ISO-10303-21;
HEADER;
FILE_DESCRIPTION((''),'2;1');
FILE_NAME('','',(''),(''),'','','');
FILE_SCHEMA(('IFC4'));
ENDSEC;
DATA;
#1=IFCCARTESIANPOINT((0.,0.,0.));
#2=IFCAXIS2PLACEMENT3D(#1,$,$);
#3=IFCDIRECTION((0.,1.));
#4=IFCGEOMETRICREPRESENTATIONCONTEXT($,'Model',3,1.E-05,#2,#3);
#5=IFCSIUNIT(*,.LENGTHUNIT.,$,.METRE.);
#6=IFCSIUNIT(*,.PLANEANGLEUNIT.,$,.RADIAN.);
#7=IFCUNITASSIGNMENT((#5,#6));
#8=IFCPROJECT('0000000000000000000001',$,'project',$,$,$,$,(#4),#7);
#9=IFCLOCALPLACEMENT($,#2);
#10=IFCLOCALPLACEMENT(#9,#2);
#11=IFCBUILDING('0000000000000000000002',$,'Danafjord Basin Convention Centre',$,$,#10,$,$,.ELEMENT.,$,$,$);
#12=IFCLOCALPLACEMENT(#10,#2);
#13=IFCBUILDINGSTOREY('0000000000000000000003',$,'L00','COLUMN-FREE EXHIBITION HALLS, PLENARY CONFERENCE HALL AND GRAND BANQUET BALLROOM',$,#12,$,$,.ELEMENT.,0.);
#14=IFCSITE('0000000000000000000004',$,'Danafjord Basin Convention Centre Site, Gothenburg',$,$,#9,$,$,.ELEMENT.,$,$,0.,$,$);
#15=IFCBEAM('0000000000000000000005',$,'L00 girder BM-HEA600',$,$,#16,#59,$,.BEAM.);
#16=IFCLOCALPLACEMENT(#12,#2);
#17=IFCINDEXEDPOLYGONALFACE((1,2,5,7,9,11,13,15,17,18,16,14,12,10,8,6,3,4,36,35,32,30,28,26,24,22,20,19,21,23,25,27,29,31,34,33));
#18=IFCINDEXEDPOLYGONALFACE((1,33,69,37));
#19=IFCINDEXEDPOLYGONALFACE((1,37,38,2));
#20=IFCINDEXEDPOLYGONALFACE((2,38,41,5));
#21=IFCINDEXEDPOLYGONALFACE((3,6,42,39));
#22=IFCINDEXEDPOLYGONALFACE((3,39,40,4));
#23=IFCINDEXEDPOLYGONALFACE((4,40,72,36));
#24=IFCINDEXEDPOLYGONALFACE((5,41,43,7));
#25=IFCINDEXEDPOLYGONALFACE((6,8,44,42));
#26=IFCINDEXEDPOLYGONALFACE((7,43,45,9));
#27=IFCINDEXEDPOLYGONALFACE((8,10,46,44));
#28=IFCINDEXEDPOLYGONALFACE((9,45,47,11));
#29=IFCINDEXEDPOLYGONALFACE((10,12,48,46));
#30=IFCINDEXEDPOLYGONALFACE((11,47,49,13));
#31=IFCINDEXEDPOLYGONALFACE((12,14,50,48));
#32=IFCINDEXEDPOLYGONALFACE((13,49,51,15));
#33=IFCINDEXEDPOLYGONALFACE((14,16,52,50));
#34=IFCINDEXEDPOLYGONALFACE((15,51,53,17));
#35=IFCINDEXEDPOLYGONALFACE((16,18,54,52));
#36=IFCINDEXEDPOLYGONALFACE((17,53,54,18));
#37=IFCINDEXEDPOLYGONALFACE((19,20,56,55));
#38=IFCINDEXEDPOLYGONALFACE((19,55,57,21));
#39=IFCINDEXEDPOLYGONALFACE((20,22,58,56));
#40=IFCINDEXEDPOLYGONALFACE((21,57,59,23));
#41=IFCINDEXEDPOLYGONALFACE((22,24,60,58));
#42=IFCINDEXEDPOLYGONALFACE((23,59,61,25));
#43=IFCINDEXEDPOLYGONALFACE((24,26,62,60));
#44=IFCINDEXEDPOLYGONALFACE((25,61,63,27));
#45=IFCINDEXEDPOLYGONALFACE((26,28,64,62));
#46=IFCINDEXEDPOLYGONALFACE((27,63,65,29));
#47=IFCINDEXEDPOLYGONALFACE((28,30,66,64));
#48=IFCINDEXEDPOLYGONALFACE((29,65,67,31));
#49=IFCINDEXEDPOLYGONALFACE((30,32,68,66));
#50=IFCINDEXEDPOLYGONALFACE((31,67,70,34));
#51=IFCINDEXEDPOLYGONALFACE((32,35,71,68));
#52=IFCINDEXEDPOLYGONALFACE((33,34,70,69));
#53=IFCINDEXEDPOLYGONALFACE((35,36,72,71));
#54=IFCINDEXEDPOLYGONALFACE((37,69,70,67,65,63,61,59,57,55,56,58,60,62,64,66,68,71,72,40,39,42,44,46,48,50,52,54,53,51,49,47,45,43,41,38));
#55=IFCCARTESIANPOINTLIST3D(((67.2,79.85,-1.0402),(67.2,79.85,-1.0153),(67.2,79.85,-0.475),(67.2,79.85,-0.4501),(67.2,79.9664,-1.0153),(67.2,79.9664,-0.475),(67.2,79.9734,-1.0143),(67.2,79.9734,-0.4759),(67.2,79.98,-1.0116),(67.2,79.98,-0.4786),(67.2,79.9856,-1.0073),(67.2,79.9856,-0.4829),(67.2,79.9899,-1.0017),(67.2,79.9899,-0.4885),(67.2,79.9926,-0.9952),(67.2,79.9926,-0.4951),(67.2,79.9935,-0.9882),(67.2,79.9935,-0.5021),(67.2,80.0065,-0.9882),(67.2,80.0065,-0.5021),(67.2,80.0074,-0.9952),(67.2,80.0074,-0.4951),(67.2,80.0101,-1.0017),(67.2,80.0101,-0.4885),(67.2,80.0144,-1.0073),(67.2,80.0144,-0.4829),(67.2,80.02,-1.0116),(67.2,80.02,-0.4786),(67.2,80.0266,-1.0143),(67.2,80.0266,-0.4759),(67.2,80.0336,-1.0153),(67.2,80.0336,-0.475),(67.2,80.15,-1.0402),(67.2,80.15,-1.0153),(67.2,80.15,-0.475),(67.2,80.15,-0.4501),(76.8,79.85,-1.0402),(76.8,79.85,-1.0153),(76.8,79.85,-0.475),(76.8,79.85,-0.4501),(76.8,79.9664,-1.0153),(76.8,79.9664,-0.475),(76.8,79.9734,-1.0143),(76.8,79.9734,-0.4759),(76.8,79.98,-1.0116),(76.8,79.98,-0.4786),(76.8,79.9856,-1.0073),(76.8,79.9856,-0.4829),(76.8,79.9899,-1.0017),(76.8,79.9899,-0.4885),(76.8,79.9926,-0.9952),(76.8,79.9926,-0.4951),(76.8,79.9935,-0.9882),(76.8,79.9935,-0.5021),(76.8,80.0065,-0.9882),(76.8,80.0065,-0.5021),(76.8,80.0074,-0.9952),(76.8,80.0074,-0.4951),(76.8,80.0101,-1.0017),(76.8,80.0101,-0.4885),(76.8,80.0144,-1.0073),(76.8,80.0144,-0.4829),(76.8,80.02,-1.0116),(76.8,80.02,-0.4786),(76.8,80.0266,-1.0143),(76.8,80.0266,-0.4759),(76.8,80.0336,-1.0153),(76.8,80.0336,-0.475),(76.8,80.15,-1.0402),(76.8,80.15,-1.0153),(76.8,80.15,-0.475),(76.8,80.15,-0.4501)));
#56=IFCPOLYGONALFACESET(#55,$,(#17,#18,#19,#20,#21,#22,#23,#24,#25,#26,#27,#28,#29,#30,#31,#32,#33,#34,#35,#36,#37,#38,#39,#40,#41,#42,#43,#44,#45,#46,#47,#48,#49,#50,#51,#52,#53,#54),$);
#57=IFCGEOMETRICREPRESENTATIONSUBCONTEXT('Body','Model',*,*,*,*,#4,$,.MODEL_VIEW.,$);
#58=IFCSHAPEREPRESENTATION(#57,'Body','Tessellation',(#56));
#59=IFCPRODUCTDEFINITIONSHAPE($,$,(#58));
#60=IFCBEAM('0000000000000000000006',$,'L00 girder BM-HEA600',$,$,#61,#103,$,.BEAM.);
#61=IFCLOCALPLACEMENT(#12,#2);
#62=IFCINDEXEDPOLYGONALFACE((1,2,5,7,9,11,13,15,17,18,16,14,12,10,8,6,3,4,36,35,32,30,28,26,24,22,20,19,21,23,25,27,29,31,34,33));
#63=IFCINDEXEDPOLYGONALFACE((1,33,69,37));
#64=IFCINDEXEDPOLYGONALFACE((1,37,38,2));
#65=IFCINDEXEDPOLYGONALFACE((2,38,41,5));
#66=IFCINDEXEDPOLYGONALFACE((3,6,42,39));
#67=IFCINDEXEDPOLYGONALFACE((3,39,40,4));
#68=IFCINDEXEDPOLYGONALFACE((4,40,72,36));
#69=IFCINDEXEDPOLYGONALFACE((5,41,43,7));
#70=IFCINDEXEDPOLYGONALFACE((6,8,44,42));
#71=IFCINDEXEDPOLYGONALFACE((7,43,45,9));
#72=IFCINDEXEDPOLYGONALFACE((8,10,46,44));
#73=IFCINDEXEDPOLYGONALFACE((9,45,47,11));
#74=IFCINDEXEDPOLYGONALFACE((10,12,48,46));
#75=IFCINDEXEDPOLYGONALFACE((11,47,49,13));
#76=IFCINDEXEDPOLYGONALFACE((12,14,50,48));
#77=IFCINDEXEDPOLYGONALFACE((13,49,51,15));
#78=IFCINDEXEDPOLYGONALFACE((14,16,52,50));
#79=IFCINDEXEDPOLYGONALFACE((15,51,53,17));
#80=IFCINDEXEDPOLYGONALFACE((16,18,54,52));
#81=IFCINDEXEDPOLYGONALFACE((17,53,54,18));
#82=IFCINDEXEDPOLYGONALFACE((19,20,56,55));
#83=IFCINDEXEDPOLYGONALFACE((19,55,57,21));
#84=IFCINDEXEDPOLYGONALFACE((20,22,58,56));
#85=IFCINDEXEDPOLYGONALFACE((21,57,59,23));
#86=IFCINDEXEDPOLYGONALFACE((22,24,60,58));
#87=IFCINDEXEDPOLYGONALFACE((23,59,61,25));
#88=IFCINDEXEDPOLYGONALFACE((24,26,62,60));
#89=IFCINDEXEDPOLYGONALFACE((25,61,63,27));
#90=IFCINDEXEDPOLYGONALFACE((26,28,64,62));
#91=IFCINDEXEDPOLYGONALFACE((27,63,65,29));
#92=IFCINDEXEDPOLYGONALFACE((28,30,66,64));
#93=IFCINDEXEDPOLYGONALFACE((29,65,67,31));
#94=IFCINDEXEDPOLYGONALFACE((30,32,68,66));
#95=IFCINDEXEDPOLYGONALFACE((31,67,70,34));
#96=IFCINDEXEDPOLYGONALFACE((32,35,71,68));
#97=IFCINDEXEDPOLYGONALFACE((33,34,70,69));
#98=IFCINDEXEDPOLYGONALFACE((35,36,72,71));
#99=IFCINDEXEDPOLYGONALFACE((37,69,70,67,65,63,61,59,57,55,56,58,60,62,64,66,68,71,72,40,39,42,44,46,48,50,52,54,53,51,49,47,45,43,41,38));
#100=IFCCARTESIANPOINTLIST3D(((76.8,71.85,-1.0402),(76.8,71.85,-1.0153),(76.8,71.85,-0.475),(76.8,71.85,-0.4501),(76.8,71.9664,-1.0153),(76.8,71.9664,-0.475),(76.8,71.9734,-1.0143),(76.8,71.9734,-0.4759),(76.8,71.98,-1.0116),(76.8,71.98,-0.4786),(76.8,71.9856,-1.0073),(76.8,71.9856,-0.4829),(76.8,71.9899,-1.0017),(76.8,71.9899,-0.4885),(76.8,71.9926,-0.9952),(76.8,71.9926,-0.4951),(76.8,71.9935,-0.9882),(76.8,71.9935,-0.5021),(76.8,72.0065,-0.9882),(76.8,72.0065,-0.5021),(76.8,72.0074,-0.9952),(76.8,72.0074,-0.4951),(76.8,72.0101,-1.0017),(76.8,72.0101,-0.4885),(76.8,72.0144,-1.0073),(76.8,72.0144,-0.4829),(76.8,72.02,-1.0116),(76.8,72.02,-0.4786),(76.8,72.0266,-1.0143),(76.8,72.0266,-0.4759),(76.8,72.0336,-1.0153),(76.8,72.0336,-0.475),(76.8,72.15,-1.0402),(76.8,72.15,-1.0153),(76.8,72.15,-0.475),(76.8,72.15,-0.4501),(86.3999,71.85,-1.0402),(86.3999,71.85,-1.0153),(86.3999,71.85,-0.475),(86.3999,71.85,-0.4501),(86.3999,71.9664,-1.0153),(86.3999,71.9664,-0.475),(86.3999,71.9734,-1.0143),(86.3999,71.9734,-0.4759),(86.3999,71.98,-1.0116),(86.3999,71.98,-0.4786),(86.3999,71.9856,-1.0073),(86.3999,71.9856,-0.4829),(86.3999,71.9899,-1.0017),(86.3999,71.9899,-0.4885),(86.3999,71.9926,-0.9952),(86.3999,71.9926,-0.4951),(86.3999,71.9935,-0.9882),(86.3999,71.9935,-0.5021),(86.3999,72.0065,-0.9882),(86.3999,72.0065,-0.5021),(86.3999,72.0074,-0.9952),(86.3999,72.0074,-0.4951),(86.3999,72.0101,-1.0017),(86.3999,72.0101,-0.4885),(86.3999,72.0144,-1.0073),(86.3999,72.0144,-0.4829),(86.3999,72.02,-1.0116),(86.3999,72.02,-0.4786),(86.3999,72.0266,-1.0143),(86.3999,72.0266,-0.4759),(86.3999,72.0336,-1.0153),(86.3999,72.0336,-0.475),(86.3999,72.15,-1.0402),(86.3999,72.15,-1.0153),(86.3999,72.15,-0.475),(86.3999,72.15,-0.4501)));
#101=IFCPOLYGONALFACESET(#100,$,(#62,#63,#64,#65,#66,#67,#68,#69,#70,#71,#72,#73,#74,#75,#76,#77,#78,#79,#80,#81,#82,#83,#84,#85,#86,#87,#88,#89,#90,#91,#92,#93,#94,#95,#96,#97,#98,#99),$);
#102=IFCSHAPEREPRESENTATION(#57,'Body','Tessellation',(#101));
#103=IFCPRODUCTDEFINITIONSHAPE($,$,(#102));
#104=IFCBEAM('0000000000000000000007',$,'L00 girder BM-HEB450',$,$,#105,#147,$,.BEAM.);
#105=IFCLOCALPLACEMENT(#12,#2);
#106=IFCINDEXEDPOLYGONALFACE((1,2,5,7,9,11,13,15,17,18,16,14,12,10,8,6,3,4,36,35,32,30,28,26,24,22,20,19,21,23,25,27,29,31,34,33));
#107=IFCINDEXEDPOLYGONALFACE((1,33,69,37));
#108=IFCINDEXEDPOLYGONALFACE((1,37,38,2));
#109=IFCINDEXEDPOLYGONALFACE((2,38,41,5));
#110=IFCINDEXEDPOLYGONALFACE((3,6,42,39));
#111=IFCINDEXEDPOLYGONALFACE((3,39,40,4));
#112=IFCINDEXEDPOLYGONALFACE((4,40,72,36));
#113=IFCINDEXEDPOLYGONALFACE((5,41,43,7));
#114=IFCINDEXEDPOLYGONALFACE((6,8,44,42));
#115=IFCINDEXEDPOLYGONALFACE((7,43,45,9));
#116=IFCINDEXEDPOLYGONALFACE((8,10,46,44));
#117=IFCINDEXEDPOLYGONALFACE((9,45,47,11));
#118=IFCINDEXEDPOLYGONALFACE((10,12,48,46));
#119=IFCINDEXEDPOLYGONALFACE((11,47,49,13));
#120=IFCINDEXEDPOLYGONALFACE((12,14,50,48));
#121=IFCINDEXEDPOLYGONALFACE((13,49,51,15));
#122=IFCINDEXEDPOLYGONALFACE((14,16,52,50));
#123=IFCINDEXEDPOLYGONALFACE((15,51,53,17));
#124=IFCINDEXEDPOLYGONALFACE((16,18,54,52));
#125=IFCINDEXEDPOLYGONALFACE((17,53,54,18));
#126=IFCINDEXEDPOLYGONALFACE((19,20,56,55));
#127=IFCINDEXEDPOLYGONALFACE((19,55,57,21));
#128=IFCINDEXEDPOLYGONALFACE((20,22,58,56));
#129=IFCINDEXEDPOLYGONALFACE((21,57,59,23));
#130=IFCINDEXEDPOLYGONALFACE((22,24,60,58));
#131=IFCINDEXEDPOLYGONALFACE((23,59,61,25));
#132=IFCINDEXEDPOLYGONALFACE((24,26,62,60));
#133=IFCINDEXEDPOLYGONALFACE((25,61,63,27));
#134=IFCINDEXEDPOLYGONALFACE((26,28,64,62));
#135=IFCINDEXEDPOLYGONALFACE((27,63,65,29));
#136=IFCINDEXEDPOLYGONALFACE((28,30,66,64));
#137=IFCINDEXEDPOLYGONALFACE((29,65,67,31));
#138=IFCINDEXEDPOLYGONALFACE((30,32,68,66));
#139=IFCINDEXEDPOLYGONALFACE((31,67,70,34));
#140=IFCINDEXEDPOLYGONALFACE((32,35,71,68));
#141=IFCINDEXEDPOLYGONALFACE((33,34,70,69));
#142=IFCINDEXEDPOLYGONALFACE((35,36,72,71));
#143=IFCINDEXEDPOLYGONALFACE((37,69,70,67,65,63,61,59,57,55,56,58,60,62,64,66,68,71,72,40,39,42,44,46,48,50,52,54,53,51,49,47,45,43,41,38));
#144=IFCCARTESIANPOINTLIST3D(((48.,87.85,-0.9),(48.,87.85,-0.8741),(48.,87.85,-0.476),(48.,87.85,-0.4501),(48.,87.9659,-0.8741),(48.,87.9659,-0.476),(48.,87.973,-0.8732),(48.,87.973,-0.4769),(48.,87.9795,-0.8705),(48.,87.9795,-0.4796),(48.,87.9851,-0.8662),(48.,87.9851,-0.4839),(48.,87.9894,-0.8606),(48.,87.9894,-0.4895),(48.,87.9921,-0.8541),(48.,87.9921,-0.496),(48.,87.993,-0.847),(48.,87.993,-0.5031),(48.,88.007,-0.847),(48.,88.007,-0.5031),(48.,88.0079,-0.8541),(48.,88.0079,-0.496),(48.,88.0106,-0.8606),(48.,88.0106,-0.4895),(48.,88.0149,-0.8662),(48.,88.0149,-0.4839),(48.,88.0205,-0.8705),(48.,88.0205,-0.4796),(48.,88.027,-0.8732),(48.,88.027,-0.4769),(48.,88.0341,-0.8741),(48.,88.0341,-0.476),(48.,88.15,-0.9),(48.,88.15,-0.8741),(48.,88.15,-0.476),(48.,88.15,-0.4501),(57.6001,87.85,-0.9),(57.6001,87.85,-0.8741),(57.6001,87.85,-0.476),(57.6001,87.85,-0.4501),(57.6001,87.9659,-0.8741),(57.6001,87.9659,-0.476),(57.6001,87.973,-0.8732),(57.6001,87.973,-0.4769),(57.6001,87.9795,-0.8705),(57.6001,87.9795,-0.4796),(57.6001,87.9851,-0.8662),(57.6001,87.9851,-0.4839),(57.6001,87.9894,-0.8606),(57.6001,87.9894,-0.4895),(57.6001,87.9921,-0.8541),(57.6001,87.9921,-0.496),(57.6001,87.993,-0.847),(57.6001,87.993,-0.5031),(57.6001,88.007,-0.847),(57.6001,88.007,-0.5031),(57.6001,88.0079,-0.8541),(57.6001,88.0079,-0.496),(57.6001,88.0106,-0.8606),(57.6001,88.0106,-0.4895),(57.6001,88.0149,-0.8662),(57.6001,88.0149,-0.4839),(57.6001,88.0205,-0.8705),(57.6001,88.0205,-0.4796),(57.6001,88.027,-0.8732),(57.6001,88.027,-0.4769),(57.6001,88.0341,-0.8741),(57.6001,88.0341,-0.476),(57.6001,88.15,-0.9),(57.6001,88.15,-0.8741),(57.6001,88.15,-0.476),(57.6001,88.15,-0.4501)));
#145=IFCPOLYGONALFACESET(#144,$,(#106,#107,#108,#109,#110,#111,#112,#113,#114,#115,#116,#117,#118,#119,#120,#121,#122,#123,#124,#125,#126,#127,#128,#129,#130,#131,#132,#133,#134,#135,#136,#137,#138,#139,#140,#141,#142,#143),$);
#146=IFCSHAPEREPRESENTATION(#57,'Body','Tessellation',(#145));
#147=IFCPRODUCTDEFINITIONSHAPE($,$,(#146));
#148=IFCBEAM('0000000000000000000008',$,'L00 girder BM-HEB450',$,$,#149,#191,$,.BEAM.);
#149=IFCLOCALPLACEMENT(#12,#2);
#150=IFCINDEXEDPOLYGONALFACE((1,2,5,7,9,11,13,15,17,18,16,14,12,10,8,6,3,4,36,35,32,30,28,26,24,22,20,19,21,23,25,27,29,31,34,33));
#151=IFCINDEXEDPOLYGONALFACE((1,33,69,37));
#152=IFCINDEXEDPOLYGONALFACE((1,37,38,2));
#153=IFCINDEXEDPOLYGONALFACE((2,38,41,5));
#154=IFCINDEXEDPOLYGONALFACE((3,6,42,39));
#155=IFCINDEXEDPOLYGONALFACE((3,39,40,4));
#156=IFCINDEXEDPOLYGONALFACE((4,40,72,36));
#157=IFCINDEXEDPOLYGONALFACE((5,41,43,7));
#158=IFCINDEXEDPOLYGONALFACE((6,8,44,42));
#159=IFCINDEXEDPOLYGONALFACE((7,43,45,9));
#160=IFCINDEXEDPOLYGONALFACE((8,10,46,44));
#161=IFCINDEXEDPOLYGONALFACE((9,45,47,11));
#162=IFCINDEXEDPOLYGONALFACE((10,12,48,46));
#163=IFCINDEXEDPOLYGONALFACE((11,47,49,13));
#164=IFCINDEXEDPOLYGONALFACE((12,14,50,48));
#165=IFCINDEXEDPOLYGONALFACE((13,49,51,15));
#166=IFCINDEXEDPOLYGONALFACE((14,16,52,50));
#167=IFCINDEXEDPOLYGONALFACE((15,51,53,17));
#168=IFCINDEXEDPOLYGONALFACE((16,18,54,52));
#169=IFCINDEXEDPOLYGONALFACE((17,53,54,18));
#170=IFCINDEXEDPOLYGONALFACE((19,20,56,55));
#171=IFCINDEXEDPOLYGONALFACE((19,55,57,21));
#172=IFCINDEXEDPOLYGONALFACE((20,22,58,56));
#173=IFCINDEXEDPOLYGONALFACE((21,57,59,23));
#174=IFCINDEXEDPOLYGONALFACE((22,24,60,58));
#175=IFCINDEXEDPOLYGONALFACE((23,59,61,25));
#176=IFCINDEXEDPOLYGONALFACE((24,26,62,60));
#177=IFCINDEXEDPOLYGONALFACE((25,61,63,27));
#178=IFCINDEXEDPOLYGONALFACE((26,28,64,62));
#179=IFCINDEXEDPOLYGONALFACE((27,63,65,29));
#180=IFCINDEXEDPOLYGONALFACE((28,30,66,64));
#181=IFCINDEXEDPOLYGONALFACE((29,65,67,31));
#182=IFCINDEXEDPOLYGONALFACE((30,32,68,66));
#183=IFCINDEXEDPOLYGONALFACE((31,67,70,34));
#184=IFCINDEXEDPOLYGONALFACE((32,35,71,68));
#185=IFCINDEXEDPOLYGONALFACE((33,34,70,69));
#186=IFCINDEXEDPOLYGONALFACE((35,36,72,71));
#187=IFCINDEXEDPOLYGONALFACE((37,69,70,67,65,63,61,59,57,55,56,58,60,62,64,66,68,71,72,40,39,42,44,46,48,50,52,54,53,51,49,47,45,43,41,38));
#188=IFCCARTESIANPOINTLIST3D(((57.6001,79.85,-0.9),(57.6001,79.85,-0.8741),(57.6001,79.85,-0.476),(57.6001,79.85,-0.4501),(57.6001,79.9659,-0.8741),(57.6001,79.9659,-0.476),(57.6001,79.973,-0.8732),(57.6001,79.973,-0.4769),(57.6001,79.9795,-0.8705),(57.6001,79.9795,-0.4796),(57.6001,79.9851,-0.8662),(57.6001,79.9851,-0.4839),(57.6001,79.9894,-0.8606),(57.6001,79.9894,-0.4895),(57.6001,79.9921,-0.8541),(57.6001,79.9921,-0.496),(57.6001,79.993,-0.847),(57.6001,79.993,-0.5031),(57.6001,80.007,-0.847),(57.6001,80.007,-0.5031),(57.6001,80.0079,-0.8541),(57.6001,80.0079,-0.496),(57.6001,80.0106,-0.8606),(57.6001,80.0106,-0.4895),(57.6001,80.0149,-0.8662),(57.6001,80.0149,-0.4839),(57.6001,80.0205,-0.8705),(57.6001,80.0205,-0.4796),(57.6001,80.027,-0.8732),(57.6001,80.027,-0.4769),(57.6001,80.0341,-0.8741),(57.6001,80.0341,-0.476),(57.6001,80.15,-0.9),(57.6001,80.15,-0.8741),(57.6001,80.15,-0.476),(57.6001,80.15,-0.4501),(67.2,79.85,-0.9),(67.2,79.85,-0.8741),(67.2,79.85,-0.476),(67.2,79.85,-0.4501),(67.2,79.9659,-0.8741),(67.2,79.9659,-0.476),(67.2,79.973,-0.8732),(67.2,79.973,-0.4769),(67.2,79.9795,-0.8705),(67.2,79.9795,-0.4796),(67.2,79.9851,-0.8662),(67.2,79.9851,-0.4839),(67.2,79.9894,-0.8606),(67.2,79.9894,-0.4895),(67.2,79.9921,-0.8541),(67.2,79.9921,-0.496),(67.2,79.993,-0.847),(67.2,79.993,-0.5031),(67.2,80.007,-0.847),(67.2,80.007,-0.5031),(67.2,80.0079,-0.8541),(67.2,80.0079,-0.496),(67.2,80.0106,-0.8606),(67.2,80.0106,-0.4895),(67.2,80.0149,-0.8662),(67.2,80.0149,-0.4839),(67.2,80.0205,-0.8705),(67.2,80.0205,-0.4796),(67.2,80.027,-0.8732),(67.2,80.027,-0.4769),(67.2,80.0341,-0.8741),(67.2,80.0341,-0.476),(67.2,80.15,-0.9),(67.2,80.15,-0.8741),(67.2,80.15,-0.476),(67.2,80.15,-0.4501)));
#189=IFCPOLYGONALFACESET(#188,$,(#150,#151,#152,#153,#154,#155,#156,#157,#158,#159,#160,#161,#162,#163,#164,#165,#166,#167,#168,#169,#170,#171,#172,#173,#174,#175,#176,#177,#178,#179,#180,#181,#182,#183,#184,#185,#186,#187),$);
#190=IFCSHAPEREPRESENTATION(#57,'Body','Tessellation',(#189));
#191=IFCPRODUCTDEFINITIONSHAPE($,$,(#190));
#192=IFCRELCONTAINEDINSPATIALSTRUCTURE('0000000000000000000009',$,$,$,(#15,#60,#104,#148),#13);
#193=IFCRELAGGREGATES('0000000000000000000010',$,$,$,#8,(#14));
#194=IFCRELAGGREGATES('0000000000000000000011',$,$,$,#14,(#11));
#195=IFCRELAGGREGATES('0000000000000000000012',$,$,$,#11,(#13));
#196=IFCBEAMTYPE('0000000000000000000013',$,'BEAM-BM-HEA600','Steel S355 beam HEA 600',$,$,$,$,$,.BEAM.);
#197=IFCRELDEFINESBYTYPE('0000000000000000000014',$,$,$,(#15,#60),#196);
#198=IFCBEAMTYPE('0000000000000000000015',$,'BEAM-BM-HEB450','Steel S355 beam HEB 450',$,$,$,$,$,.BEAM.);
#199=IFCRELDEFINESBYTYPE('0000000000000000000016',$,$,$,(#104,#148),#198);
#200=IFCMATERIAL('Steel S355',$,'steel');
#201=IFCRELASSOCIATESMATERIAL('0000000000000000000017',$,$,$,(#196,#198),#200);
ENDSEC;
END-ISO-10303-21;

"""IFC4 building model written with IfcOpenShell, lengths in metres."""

from ifc_helpers import new_model, si_unit, direction, frame, origin, origin_2d, place, context, subcontext, project, spatial, i_section, extrude, material, material_profile, profile_set, type_object, element, save


model = new_model("IFC4")

# Units and contexts
model_context = context("Model", 3, precision=1e-05, world=origin(), true_north=direction((0.0, 1.0)))
body_context = subcontext(model_context, "Body", "Model", "MODEL_VIEW")
ifc_project = project(units=[si_unit("LENGTHUNIT", "METRE"), si_unit("PLANEANGLEUNIT", "RADIAN")], contexts=[model_context])

# Site, building, storey
site_placement = place(None, origin())
site = spatial("IfcSite", under=ifc_project, at=site_placement, Name="Danafjord Basin Convention Centre Site, Gothenburg", CompositionType="ELEMENT", RefElevation=0.0)
building_placement = place(site_placement, origin())
building = spatial("IfcBuilding", under=site, at=building_placement, Name="Danafjord Basin Convention Centre", CompositionType="ELEMENT")
storey_placement = place(building_placement, origin())
storey = spatial("IfcBuildingStorey", under=building, at=storey_placement, Name="L00", Description="COLUMN-FREE EXHIBITION HALLS, PLENARY CONFERENCE HALL AND GRAND BANQUET BALLROOM", CompositionType="ELEMENT", Elevation=0.0)

# Beams
ifc_material_1 = material(Name="Steel S355", Category="steel")
ifc_material_profile_1 = material_profile(ifc_material_1, i_section(OverallWidth=0.3, OverallDepth=0.5901, WebThickness=0.0129, FlangeThickness=0.0249, FilletRadius=0.0271, at=origin_2d()), Name="HEA 600")
ifc_profile_set_1 = profile_set([ifc_material_profile_1], Name="Steel S355")
beam_type_1 = type_object("IfcBeamType", Name="BEAM-BM-HEA600", Description="Steel S355 beam HEA 600", PredefinedType="BEAM", material=ifc_profile_set_1)
beam_1_placement = place(storey_placement, frame((67.2, 80.0, -0.7451), z_axis=(1.0, 0.0, 0.0), x_axis=(0.0, 1.0, 0.0)))
element("IfcBeam", 1, at=beam_1_placement, inside=storey, type_object=beam_type_1, Name="L00 girder BM-HEA600", PredefinedType="BEAM", context=body_context, shape_type="SweptSolid", body=[
    extrude(i_section(OverallWidth=0.3, OverallDepth=0.5901, WebThickness=0.0129, FlangeThickness=0.0249, FilletRadius=0.0271, at=origin_2d()), origin(), (0.0, 0.0, 1.0), 9.6001),
])
beam_2_placement = place(storey_placement, frame((76.8, 72.0, -0.7451), z_axis=(1.0, 0.0, 0.0), x_axis=(0.0, 1.0, 0.0)))
element("IfcBeam", 2, at=beam_2_placement, inside=storey, type_object=beam_type_1, Name="L00 girder BM-HEA600", PredefinedType="BEAM", context=body_context, shape_type="SweptSolid", body=[
    extrude(i_section(OverallWidth=0.3, OverallDepth=0.5901, WebThickness=0.0129, FlangeThickness=0.0249, FilletRadius=0.0271, at=origin_2d()), origin(), (0.0, 0.0, 1.0), 9.5999),
])
ifc_material_profile_2 = material_profile(ifc_material_1, i_section(OverallWidth=0.3, OverallDepth=0.45, WebThickness=0.0139, FlangeThickness=0.0259, FilletRadius=0.0271, at=origin_2d()), Name="HEB 450")
ifc_profile_set_2 = profile_set([ifc_material_profile_2], Name="Steel S355")
beam_type_2 = type_object("IfcBeamType", Name="BEAM-BM-HEB450", Description="Steel S355 beam HEB 450", PredefinedType="BEAM", material=ifc_profile_set_2)
beam_3_placement = place(storey_placement, frame((48.0, 88.0, -0.675), z_axis=(1.0, 0.0, 0.0), x_axis=(0.0, 1.0, 0.0)))
element("IfcBeam", 3, at=beam_3_placement, inside=storey, type_object=beam_type_2, Name="L00 girder BM-HEB450", PredefinedType="BEAM", context=body_context, shape_type="SweptSolid", body=[
    extrude(i_section(OverallWidth=0.3, OverallDepth=0.45, WebThickness=0.0139, FlangeThickness=0.0259, FilletRadius=0.0271, at=origin_2d()), origin(), (0.0, 0.0, 1.0), 9.6001),
])
beam_4_placement = place(storey_placement, frame((57.6001, 80.0, -0.675), z_axis=(1.0, 0.0, 0.0), x_axis=(0.0, 1.0, 0.0)))
element("IfcBeam", 4, at=beam_4_placement, inside=storey, type_object=beam_type_2, Name="L00 girder BM-HEB450", PredefinedType="BEAM", context=body_context, shape_type="SweptSolid", body=[
    extrude(i_section(OverallWidth=0.3, OverallDepth=0.45, WebThickness=0.0139, FlangeThickness=0.0259, FilletRadius=0.0271, at=origin_2d()), origin(), (0.0, 0.0, 1.0), 9.5999),
])

save(model, "model.ifc")
